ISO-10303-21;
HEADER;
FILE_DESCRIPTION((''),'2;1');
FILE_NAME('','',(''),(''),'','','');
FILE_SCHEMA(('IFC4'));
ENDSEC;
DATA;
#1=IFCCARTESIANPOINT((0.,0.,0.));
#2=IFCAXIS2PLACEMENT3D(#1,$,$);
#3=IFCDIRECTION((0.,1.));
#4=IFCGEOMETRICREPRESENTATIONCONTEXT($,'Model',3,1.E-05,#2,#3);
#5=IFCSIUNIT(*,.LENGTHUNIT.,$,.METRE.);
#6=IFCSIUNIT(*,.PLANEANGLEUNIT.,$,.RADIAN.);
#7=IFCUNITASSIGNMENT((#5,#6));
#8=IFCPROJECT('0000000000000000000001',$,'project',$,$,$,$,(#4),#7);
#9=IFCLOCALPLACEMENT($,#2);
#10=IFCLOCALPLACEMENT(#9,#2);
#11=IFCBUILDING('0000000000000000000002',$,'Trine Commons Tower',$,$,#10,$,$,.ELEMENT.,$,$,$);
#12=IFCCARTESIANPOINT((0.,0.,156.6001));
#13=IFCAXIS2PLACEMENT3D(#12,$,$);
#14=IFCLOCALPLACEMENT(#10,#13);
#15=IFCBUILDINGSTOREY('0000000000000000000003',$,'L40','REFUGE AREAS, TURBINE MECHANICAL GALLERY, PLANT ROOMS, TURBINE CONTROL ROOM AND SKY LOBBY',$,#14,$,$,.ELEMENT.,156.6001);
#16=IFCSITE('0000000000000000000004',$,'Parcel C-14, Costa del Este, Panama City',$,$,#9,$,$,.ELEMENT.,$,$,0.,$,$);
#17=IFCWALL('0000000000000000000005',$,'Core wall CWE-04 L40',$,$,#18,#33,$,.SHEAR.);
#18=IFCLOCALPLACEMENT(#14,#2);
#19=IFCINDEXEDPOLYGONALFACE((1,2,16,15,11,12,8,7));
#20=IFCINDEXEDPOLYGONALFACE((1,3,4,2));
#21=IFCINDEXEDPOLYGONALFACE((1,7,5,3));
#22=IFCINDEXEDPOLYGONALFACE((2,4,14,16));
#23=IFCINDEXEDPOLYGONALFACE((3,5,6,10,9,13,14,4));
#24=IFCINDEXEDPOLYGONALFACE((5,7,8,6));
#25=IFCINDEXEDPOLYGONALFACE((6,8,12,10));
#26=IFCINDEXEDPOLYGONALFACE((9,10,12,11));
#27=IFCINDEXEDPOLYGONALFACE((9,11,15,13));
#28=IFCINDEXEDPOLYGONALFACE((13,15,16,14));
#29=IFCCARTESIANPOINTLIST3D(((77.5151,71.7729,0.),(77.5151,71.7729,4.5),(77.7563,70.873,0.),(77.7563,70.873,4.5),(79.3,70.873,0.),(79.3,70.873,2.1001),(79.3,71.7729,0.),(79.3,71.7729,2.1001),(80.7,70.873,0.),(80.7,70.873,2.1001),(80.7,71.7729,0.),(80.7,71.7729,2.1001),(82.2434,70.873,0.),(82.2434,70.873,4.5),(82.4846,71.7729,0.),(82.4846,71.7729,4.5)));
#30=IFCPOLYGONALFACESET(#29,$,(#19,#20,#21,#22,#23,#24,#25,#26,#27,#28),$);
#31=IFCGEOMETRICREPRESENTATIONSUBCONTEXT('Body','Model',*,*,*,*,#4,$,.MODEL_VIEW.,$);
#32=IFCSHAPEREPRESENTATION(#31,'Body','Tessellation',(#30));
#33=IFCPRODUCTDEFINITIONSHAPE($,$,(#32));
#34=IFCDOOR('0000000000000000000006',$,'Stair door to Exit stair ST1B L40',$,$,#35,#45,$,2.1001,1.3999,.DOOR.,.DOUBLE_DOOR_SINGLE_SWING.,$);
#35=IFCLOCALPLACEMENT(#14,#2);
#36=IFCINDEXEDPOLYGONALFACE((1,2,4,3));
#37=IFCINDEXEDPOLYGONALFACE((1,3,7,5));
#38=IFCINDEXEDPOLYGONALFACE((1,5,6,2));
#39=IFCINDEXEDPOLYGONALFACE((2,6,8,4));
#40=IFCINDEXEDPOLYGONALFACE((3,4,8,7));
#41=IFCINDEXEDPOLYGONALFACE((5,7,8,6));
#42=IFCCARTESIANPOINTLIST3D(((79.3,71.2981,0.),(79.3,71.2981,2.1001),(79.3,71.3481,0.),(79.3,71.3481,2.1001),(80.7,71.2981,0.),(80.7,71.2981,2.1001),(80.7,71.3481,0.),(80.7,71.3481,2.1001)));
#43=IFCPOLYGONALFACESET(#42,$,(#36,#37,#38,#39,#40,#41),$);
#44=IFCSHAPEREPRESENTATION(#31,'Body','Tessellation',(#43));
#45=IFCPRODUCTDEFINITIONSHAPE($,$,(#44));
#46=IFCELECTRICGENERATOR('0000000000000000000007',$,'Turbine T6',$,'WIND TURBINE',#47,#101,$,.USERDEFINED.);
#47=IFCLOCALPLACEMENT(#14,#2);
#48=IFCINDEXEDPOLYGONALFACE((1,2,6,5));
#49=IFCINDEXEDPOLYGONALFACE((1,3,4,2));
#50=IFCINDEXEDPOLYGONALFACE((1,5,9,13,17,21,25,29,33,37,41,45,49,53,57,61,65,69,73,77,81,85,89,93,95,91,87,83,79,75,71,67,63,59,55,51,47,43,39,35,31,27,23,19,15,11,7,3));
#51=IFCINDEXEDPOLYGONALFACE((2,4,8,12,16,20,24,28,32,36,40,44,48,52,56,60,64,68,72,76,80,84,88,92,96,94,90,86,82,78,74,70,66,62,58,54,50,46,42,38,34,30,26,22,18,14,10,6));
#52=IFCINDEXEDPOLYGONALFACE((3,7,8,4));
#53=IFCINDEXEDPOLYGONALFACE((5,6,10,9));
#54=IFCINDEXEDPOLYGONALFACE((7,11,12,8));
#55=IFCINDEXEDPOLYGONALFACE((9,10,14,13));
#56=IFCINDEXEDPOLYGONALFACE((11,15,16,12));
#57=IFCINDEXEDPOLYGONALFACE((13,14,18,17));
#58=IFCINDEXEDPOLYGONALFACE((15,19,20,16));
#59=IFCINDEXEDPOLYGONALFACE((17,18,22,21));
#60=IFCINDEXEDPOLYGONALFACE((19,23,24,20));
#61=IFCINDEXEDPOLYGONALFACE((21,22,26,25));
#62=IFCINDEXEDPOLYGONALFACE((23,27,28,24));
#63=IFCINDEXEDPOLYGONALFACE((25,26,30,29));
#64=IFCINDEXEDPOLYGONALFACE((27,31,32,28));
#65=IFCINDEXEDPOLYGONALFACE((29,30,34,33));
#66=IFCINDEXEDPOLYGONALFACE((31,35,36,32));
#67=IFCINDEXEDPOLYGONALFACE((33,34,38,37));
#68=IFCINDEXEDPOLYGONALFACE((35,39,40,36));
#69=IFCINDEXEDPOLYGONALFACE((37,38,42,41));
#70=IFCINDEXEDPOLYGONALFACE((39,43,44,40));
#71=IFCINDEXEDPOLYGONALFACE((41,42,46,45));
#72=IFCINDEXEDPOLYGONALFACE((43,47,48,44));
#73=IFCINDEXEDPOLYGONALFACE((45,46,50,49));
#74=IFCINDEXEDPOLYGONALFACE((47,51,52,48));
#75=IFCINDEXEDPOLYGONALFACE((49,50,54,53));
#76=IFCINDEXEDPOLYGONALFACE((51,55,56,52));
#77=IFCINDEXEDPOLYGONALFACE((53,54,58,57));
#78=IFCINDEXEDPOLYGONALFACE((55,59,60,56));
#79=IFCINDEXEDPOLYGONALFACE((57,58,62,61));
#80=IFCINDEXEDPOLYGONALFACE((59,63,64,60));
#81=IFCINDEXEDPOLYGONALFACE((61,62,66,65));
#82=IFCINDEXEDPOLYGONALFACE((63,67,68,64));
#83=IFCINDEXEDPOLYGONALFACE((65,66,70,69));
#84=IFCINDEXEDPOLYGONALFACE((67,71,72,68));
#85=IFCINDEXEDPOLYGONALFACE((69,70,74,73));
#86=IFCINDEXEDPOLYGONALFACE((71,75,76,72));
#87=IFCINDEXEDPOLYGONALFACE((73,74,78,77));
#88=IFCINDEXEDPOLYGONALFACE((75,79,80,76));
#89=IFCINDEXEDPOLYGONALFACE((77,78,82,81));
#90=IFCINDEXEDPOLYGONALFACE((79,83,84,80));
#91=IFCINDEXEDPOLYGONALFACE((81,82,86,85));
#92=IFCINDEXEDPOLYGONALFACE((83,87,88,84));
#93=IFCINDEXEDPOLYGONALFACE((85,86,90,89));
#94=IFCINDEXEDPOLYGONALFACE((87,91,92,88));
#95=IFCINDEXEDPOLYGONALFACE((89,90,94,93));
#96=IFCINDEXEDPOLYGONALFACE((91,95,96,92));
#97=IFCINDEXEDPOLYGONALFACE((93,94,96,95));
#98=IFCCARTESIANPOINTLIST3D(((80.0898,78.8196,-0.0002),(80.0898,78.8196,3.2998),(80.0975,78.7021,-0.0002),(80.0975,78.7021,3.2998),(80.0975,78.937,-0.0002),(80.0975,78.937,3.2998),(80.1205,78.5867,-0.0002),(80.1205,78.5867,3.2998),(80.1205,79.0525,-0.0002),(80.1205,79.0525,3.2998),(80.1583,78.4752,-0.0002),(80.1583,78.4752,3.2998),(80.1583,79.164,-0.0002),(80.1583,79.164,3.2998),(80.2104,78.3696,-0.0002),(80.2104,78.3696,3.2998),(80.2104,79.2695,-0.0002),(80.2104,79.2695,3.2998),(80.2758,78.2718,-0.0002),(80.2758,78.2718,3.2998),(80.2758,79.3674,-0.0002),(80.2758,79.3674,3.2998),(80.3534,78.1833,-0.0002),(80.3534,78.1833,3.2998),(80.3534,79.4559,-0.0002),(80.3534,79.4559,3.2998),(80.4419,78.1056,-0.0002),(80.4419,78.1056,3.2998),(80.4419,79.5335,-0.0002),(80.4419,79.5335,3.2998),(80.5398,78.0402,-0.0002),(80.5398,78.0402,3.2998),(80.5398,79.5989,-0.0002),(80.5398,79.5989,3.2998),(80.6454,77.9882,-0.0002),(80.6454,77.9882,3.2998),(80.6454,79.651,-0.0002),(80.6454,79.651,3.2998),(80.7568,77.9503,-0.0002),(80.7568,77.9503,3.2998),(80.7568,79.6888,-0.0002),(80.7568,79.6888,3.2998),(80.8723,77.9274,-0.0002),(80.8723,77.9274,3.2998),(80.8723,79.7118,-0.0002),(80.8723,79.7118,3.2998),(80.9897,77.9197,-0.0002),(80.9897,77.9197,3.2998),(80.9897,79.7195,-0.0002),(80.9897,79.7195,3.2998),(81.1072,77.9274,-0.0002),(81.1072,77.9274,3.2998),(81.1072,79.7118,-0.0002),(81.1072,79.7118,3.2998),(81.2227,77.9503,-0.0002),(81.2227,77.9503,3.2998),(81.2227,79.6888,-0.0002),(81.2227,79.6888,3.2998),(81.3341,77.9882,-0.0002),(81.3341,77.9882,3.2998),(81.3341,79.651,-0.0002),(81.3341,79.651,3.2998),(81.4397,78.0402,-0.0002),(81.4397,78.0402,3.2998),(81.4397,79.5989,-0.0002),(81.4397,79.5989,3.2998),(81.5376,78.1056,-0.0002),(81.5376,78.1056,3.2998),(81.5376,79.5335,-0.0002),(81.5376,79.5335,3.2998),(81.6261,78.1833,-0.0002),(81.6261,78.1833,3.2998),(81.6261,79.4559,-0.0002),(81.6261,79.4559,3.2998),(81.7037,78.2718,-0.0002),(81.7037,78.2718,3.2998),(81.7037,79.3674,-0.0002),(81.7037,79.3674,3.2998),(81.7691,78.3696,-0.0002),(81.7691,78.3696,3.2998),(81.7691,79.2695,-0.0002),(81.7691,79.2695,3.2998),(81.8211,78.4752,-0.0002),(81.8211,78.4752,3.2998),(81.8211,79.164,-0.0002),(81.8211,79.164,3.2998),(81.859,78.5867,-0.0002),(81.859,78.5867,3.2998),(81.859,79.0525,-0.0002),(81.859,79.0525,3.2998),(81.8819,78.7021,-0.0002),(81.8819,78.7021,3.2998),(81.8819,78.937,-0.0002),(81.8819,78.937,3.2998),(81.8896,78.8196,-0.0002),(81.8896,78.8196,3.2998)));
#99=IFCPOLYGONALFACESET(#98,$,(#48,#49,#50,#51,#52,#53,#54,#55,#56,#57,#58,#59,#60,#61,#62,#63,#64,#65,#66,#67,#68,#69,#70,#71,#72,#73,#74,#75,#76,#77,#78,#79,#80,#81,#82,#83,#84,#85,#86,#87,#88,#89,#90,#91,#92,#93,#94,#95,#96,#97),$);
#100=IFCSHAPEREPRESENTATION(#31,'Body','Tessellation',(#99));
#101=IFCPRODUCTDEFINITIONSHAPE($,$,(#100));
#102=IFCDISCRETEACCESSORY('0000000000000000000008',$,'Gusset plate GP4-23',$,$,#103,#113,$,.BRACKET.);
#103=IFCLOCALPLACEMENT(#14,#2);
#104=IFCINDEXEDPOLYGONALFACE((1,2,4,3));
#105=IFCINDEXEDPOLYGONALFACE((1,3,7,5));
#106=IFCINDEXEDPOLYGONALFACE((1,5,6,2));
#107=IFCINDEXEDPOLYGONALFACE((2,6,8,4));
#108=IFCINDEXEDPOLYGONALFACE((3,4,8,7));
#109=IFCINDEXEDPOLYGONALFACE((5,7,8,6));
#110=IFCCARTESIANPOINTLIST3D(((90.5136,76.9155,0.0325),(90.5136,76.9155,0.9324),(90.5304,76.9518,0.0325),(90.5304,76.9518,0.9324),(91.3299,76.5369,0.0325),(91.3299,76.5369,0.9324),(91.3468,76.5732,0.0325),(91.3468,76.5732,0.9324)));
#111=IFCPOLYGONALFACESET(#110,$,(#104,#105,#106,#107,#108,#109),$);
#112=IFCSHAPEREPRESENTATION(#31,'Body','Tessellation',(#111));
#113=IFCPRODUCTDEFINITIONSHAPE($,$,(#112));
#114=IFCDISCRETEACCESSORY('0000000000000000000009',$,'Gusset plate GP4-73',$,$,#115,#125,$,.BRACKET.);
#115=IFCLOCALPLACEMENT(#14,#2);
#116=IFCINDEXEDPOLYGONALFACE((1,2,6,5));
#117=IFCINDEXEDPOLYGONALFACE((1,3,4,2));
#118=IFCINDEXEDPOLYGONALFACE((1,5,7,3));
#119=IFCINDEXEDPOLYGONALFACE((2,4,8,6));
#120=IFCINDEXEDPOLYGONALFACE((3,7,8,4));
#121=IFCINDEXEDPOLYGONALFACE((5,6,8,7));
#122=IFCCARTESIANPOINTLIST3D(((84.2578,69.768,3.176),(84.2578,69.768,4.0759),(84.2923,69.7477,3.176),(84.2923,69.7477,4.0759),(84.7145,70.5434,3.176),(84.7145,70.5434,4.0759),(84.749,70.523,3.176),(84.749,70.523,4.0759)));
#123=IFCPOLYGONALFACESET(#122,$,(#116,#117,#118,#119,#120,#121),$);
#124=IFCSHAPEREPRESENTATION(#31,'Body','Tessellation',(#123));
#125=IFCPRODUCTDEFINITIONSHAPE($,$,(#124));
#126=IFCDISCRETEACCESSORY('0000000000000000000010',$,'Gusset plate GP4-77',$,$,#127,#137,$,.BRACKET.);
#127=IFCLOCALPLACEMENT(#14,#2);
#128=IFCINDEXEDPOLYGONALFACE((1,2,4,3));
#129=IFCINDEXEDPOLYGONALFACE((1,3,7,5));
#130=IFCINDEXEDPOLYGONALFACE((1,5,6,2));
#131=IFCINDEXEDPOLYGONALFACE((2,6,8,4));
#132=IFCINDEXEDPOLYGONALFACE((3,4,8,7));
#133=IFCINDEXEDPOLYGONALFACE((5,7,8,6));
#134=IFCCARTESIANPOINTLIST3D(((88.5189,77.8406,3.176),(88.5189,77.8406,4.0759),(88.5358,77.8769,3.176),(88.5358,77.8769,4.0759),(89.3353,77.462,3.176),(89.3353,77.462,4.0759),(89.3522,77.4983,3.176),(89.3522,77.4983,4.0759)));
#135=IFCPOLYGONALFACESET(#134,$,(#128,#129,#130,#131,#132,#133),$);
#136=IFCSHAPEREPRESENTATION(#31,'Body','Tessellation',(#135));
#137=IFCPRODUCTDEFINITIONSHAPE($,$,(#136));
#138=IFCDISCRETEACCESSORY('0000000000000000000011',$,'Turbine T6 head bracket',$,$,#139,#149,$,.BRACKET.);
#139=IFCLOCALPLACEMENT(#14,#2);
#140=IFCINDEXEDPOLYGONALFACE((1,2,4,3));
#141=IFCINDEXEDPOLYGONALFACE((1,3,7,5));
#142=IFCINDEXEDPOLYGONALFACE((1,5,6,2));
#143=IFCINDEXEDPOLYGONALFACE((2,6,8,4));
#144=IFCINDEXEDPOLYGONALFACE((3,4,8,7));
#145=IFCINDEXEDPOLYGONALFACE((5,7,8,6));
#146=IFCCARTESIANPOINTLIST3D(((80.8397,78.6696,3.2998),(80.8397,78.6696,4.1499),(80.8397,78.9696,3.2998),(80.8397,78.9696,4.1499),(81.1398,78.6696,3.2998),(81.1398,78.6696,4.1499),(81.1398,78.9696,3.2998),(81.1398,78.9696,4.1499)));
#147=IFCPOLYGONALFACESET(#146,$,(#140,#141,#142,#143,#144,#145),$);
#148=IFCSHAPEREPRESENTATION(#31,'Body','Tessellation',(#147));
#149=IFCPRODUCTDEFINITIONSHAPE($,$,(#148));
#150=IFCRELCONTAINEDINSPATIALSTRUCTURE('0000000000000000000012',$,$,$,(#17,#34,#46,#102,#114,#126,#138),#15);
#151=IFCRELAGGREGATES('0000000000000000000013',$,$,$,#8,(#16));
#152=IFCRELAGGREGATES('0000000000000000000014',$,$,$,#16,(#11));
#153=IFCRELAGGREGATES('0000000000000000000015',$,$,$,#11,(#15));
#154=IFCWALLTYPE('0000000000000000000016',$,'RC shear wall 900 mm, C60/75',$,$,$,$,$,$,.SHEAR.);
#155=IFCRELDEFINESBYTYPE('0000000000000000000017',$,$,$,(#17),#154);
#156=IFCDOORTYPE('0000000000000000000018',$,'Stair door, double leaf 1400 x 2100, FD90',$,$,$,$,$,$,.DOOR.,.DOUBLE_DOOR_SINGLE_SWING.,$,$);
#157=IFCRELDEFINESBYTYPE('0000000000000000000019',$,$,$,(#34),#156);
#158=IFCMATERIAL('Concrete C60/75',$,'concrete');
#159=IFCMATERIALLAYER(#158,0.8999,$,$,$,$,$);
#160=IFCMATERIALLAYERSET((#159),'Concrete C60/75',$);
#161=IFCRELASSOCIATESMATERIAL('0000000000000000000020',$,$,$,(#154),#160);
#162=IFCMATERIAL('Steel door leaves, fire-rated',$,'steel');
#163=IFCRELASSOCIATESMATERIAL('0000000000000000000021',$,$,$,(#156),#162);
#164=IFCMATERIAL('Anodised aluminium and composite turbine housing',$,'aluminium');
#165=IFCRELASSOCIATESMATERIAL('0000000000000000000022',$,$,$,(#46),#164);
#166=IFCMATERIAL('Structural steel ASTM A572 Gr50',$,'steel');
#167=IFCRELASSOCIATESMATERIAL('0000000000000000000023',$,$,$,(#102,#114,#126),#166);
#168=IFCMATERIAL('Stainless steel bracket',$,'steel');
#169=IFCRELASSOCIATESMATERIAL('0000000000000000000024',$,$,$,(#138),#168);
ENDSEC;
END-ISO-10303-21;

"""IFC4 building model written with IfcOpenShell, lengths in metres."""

from ifc_helpers import new_model, si_unit, direction, frame, frame_2d, origin, origin_2d, place, context, subcontext, project, spatial, polyline, rectangle, circle, outline, extrude, material, layer, layer_set, type_object, element, fill, save


model = new_model("IFC4")

# Units and contexts
model_context = context("Model", 3, precision=1e-05, world=origin(), true_north=direction((0.0, 1.0)))
body_context = subcontext(model_context, "Body", "Model", "MODEL_VIEW")
ifc_project = project(units=[si_unit("LENGTHUNIT", "METRE"), si_unit("PLANEANGLEUNIT", "RADIAN")], contexts=[model_context])

# Site, building, storey
site_placement = place(None, origin())
site = spatial("IfcSite", under=ifc_project, at=site_placement, Name="Parcel C-14, Costa del Este, Panama City", CompositionType="ELEMENT", RefElevation=0.0)
building_placement = place(site_placement, origin())
building = spatial("IfcBuilding", under=site, at=building_placement, Name="Trine Commons Tower", CompositionType="ELEMENT")
storey_placement = place(building_placement, frame((0.0, 0.0, 156.6001)))
storey = spatial("IfcBuildingStorey", under=building, at=storey_placement, Name="L40", Description="REFUGE AREAS, TURBINE MECHANICAL GALLERY, PLANT ROOMS, TURBINE CONTROL ROOM AND SKY LOBBY", CompositionType="ELEMENT", Elevation=156.6001)

# Wall, opening, door
ifc_material_1 = material(Name="Concrete C60/75", Category="concrete")
ifc_layer_1 = layer(ifc_material_1, 0.8999)
ifc_layer_set_1 = layer_set([ifc_layer_1], Name="Concrete C60/75")
wall_type_1 = type_object("IfcWallType", Name="RC shear wall 900 mm, C60/75", PredefinedType="SHEAR", material=ifc_layer_set_1)
wall_1_placement = place(storey_placement, frame((82.4846, 71.323, 0.0), z_axis=(0.0, 0.0, 1.0), x_axis=(-1.0, 0.0, 0.0)))
wall_1 = element("IfcWall", 1, at=wall_1_placement, inside=storey, type_object=wall_type_1, Name="Core wall CWE-04 L40", PredefinedType="SHEAR", context=body_context, shape_type="SweptSolid", body=[
    extrude(outline(polyline([(0.0, -0.45), (4.9695, -0.45), (4.7283, 0.45), (0.2412, 0.45), (0.0, -0.45)])), origin(), (0.0, 0.0, 1.0), 4.5),
])
opening_1_placement = place(wall_1_placement, frame((1.7847, 0.0, 0.0)))
opening_1 = element("IfcOpeningElement", 2, at=opening_1_placement, cuts=wall_1, PredefinedType="OPENING", context=body_context, shape_type="SweptSolid", body=[
    extrude(rectangle(XDim=1.3999, YDim=2.1001, at=frame_2d((0.7, 1.05))), frame((0.0, 0.46, 0.0), z_axis=(0.0, -1.0, 0.0), x_axis=(1.0, 0.0, 0.0)), (0.0, 0.0, 1.0), 0.9199),
])
ifc_material_2 = material(Name="Steel door leaves, fire-rated", Category="steel")
door_type_1 = type_object("IfcDoorType", Name="Stair door, double leaf 1400 x 2100, FD90", OperationType="DOUBLE_DOOR_SINGLE_SWING", PredefinedType="DOOR", material=ifc_material_2)
door_1_placement = place(opening_1_placement, origin())
door_1 = element("IfcDoor", 3, at=door_1_placement, inside=storey, type_object=door_type_1, Name="Stair door to Exit stair ST1B L40", OperationType="DOUBLE_DOOR_SINGLE_SWING", OverallHeight=2.1001, OverallWidth=1.3999, PredefinedType="DOOR", context=body_context, shape_type="SweptSolid", body=[
    extrude(rectangle(XDim=1.3999, YDim=2.1001, at=frame_2d((0.7, 1.05))), frame((0.0, 0.0249, 0.0), z_axis=(0.0, -1.0, 0.0), x_axis=(1.0, 0.0, 0.0)), (0.0, 0.0, 1.0), 0.05),
])
fill(opening_1, door_1)

# Electric generator
ifc_material_3 = material(Name="Anodised aluminium and composite turbine housing", Category="aluminium")
electric_generator_placement = place(storey_placement, frame((80.9897, 78.8196, 3.2998), z_axis=(0.0, 0.0, -1.0), x_axis=(1.0, 0.0, 0.0)))
element("IfcElectricGenerator", 4, at=electric_generator_placement, inside=storey, material=ifc_material_3, Name="Turbine T6", ObjectType="WIND TURBINE", PredefinedType="USERDEFINED", context=body_context, shape_type="SweptSolid", body=[
    extrude(circle(Radius=0.8999, at=origin_2d()), origin(), (0.0, 0.0, 1.0), 3.3),
])

# Discrete accessories
ifc_material_4 = material(Name="Structural steel ASTM A572 Gr50", Category="steel")
for number, where, z_axis, x_axis, name in (
    (5, (90.9302, 76.7444, 0.0325), (0.0, 0.0, 1.0), (-0.907191, 0.420719, 0.0), "Gusset plate GP4-23"),
    (6, (84.5034, 70.1455, 3.176), (0.0, 0.0, 1.0), (0.507538, 0.861629, 0.0), "Gusset plate GP4-73"),
    (7, (88.9355, 77.6694, 3.176), (0.0, 0.0, 1.0), (-0.907191, 0.420719, 0.0), "Gusset plate GP4-77"),
):
    element("IfcDiscreteAccessory", number, at=place(storey_placement, frame(where, z_axis=z_axis, x_axis=x_axis)), inside=storey, material=ifc_material_4, Name=name, PredefinedType="BRACKET", context=body_context, shape_type="SweptSolid", body=[
        extrude(rectangle(XDim=0.8999, YDim=0.04, at=origin_2d()), origin(), (0.0, 0.0, 1.0), 0.8999),
    ])
ifc_material_5 = material(Name="Stainless steel bracket", Category="steel")
discrete_accessory_placement = place(storey_placement, frame((80.9897, 78.8196, 3.2998), z_axis=(0.0, 0.0, 1.0), x_axis=(1.0, 0.0, 0.0)))
element("IfcDiscreteAccessory", 8, at=discrete_accessory_placement, inside=storey, material=ifc_material_5, Name="Turbine T6 head bracket", PredefinedType="BRACKET", context=body_context, shape_type="SweptSolid", body=[
    extrude(rectangle(XDim=0.3, YDim=0.3, at=origin_2d()), origin(), (0.0, 0.0, 1.0), 0.8501),
])

save(model, "model.ifc")
